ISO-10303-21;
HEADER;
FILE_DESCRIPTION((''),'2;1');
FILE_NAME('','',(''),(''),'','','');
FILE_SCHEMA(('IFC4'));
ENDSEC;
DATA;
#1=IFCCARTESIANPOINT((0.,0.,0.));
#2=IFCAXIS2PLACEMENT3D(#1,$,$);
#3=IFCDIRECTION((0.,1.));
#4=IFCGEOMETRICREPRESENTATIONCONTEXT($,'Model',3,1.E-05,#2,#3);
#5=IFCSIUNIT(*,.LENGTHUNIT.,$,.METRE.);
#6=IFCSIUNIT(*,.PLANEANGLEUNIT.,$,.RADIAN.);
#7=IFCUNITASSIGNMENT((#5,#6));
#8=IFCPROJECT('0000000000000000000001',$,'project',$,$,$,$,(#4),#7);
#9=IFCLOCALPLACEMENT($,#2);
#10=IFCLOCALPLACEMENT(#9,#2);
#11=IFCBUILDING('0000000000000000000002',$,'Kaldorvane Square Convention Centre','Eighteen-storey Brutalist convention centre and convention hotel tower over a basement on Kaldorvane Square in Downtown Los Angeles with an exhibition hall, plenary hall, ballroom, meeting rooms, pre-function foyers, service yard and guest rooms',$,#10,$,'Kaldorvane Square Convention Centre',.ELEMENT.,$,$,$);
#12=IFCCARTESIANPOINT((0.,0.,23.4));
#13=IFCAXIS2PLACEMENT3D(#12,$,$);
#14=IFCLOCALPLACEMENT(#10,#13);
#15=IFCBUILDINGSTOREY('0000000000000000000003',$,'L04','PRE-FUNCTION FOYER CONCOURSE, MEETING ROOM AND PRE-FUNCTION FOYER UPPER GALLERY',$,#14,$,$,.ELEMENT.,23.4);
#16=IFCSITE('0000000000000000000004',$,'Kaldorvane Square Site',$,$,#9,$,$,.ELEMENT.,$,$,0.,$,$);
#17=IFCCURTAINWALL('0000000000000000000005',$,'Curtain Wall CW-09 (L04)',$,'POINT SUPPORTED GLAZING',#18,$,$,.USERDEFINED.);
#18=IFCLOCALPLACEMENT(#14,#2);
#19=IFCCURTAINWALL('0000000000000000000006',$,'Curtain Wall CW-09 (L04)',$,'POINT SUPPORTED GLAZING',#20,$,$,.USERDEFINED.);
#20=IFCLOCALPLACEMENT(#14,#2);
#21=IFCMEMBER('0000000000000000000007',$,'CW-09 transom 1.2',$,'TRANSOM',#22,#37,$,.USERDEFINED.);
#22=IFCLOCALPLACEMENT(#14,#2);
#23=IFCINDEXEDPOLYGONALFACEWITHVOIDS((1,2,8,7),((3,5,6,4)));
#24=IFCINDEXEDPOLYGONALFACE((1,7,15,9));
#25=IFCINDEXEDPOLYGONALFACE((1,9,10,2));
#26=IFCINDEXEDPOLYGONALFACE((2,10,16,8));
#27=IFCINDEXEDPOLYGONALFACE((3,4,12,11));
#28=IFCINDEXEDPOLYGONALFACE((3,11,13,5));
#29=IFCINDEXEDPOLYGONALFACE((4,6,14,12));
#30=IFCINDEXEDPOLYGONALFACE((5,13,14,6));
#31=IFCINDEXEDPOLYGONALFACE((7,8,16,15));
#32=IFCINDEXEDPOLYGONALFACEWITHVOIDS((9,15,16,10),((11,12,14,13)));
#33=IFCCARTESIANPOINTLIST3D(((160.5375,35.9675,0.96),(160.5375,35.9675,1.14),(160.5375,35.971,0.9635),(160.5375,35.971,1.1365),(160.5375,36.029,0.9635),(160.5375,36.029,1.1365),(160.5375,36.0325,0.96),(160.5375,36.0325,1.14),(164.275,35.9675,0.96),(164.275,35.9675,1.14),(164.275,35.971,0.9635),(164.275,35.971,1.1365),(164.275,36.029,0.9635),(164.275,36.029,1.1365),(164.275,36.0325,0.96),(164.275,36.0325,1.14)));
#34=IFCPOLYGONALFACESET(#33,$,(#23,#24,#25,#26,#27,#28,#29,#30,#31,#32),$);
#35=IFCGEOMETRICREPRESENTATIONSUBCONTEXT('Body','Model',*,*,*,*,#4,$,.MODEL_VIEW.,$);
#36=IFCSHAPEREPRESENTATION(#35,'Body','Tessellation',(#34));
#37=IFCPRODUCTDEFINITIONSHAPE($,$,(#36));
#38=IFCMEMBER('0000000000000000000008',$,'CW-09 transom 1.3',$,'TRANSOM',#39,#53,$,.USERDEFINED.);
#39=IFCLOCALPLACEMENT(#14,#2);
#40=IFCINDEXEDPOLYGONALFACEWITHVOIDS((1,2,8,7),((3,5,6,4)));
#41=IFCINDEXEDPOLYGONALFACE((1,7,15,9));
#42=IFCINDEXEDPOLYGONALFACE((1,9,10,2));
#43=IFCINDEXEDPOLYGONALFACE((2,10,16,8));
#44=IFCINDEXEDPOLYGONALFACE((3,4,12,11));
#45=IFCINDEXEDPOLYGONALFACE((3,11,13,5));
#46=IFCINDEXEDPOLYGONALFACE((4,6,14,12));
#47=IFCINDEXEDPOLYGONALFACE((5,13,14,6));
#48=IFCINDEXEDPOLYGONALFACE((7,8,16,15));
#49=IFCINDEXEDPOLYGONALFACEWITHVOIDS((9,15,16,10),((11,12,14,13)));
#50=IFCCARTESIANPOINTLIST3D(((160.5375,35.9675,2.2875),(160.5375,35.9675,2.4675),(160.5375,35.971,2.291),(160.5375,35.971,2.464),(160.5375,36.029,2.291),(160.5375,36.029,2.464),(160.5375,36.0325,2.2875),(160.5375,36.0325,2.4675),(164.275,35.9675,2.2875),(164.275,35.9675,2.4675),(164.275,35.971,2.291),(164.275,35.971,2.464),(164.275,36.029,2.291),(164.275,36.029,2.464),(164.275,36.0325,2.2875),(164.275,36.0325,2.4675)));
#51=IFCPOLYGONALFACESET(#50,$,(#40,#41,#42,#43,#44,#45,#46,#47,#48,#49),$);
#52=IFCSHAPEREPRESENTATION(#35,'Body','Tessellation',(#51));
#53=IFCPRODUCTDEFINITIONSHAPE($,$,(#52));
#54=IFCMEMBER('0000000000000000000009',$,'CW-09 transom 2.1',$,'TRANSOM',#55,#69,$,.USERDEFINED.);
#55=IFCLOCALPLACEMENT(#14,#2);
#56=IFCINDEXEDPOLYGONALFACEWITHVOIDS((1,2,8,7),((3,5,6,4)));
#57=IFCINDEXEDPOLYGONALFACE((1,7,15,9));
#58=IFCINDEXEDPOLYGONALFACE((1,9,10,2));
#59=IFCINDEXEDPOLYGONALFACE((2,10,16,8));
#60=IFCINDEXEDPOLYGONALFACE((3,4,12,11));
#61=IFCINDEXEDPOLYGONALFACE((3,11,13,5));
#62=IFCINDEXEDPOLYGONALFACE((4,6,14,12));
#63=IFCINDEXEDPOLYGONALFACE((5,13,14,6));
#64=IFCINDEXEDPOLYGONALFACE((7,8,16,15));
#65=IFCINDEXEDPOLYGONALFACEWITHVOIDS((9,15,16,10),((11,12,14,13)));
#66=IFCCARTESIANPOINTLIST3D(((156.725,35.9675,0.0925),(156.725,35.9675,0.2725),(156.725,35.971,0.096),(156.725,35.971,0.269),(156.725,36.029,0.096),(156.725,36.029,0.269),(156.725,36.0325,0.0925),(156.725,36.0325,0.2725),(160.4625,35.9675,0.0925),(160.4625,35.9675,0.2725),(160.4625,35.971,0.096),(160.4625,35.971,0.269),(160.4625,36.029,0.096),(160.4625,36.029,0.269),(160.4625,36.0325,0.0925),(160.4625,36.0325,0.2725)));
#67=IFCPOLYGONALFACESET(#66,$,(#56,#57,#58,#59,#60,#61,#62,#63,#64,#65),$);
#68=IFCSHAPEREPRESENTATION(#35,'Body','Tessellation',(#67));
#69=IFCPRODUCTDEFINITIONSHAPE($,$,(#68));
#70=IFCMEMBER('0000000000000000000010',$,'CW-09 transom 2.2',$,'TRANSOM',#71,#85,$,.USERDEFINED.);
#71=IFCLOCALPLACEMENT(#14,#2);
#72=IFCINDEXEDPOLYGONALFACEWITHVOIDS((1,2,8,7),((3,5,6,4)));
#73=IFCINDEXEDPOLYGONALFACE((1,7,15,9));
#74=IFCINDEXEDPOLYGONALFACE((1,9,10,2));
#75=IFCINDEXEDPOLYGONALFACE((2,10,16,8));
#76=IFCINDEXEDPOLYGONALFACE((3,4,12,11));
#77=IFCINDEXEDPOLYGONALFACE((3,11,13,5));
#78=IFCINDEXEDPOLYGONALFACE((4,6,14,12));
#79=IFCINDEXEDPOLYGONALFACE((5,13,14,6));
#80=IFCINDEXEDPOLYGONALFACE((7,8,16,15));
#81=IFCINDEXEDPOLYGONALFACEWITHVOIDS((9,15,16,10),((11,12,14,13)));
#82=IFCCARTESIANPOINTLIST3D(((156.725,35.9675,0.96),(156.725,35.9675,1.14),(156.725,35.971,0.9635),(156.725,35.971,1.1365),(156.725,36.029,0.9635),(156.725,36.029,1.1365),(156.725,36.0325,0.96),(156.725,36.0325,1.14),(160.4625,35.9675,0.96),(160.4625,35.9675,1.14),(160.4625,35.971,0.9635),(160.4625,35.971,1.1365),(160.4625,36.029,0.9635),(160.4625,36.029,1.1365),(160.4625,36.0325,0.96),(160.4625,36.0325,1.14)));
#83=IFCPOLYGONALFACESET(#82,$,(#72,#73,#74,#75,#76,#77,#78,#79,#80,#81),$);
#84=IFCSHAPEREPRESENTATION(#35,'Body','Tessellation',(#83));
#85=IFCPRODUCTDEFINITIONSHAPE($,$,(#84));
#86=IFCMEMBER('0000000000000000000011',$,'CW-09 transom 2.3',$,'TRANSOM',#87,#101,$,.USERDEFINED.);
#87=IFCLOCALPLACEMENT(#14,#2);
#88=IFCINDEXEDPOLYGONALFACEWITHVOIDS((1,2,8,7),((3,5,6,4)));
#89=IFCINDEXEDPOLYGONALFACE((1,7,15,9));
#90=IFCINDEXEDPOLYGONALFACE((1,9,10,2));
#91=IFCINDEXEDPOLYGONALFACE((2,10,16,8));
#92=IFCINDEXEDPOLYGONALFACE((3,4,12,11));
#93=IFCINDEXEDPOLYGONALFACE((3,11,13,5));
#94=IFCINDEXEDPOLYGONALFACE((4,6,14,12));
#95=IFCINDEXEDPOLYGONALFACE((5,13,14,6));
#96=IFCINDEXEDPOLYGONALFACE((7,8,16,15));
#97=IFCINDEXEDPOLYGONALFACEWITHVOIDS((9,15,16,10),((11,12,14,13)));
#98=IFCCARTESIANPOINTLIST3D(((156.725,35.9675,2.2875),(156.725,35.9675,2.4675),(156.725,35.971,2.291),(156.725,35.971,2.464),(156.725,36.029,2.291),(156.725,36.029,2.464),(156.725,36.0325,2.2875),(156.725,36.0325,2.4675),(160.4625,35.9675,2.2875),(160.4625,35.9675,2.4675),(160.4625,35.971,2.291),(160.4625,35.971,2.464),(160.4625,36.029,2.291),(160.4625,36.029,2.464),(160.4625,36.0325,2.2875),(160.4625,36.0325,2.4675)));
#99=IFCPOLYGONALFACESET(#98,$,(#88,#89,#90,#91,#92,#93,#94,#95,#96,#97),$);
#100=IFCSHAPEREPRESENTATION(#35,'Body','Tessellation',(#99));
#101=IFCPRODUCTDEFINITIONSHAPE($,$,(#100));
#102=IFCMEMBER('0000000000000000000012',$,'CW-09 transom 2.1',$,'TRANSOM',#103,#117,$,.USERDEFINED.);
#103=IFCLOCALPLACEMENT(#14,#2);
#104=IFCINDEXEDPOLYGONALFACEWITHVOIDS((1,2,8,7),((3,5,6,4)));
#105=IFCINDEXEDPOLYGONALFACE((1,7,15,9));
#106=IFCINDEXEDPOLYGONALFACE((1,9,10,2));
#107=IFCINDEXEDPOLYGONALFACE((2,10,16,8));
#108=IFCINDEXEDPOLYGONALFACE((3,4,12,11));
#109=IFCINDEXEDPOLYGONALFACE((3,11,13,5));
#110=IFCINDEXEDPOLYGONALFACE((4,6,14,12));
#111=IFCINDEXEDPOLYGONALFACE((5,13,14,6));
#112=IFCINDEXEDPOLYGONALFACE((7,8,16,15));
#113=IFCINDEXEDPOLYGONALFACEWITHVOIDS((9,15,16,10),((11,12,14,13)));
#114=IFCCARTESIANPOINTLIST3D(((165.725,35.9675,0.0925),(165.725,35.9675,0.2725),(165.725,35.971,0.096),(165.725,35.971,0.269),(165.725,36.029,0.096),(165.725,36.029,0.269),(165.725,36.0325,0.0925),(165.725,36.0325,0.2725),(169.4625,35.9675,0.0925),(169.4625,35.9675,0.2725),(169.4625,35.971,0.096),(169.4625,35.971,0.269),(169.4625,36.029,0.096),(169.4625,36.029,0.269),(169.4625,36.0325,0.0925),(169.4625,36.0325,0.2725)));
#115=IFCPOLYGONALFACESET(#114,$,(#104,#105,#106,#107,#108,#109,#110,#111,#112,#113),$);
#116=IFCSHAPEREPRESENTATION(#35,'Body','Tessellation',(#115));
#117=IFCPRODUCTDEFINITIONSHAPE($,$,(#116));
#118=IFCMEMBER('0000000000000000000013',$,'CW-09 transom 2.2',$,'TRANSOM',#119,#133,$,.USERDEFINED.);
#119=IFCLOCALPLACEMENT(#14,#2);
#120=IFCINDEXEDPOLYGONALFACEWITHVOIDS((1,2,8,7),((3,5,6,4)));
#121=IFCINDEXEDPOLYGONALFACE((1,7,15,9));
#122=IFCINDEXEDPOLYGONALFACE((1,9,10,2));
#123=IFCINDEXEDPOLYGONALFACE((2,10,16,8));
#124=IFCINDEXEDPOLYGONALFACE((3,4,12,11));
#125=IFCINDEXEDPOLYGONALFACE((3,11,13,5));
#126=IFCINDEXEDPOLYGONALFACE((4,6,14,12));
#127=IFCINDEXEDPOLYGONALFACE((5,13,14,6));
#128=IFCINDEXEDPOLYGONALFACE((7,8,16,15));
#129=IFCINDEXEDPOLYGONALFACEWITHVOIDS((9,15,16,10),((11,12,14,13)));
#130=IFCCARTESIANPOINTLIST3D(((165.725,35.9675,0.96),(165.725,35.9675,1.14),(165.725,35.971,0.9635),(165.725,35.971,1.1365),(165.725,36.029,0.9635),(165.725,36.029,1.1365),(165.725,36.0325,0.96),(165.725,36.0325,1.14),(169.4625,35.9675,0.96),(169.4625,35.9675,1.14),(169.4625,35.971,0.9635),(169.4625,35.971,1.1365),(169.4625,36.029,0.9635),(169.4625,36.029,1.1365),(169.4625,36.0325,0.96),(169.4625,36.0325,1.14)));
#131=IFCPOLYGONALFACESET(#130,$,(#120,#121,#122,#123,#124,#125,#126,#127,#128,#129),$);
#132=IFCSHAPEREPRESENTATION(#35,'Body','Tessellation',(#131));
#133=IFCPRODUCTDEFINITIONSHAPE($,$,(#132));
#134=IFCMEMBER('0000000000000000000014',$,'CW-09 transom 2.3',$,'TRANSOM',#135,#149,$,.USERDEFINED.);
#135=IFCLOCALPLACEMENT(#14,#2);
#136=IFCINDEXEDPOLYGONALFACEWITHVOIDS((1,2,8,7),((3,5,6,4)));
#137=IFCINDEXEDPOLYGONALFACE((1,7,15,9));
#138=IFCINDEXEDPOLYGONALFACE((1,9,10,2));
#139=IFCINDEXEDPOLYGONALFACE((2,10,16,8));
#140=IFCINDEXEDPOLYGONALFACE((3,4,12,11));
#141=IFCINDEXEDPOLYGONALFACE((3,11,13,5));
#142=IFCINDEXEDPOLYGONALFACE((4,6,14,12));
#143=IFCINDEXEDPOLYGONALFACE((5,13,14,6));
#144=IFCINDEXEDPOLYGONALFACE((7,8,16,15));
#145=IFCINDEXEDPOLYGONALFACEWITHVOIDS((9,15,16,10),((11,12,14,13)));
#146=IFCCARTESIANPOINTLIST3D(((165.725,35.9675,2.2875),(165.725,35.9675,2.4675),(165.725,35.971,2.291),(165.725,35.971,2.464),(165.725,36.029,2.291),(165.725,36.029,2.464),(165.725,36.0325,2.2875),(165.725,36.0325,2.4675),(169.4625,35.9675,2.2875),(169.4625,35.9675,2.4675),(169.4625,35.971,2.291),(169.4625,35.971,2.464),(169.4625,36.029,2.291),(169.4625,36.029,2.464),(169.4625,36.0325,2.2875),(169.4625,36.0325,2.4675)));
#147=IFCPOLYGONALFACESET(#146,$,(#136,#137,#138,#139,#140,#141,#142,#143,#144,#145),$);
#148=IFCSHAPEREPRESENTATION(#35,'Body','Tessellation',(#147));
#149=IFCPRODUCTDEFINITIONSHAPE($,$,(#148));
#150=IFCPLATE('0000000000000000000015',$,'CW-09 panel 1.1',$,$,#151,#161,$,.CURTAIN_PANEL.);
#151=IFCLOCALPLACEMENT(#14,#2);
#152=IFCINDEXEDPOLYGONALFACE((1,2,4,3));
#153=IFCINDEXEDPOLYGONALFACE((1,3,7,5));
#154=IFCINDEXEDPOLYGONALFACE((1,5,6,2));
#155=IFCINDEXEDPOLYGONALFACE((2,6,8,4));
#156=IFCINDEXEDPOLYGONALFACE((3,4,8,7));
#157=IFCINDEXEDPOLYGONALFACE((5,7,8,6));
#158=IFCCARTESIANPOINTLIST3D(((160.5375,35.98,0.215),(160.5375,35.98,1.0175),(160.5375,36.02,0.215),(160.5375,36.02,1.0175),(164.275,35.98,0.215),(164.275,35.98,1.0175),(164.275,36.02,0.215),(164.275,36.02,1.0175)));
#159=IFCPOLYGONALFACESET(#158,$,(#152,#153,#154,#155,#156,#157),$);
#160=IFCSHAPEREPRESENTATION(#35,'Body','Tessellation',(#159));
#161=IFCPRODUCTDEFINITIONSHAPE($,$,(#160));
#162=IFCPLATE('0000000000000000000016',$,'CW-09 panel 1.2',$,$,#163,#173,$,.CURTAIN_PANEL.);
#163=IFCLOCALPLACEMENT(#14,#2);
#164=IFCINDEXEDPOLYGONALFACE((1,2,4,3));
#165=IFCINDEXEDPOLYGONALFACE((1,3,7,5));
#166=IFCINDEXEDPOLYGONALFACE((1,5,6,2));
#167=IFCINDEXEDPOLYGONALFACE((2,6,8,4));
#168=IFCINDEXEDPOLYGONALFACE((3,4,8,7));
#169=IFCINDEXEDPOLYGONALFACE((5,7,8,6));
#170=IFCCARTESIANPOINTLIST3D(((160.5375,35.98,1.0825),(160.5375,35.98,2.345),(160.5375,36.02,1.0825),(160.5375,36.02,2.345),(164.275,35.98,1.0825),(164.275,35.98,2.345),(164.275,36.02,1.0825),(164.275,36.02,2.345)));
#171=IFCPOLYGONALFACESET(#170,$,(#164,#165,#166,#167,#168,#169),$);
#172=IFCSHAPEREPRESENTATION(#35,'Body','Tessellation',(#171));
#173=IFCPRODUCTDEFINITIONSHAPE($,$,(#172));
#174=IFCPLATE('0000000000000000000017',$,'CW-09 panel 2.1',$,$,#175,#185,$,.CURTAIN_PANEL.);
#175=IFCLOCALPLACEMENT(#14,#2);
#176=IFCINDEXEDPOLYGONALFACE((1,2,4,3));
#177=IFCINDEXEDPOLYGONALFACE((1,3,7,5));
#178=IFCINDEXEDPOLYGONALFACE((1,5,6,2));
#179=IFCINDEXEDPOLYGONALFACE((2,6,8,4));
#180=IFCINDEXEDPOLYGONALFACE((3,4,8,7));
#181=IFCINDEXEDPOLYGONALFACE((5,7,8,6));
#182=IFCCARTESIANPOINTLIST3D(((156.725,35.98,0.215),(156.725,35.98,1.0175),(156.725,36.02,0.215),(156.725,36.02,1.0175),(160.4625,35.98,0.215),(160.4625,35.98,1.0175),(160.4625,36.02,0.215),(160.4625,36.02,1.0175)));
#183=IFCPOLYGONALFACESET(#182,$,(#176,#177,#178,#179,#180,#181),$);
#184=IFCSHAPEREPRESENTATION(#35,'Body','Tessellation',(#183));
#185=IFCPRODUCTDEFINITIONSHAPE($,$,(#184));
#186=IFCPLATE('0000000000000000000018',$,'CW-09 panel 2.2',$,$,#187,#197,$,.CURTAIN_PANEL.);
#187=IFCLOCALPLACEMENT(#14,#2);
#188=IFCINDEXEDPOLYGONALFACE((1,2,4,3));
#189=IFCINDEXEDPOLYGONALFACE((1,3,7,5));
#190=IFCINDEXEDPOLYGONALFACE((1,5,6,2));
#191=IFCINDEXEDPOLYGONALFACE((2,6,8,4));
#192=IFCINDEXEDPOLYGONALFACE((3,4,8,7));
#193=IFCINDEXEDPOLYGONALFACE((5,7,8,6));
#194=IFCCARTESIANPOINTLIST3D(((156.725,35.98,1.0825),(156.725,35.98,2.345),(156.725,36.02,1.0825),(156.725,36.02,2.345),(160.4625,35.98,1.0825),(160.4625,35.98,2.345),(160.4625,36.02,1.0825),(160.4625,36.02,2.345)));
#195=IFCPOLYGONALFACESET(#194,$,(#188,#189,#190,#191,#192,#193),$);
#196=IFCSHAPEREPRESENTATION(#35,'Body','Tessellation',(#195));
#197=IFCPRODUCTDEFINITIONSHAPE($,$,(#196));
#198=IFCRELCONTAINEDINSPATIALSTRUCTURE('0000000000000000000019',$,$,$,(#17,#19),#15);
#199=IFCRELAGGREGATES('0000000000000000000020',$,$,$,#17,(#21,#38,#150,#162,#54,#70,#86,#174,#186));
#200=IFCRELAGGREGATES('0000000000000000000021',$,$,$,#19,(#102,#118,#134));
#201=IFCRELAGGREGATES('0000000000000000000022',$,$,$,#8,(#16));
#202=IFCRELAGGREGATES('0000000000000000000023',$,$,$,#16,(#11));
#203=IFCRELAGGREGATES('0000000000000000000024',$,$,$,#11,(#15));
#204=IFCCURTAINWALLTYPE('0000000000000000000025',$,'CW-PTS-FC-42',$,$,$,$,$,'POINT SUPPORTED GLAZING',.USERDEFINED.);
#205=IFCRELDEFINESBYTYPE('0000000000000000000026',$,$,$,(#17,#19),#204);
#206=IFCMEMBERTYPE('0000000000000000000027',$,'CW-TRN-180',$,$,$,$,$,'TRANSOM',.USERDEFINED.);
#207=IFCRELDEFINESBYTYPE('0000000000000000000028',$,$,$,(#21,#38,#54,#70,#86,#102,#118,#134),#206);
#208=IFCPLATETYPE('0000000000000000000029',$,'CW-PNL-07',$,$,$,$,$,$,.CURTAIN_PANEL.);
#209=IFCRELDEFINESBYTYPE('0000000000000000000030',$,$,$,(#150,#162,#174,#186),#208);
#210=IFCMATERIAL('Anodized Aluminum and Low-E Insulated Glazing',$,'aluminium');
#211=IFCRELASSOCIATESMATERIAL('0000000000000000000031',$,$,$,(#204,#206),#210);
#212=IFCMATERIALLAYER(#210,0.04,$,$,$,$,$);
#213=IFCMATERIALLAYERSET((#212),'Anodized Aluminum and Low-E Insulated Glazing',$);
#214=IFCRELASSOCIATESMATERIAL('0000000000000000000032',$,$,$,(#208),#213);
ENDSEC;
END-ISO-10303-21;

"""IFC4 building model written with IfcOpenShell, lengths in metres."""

from ifc_helpers import new_model, si_unit, direction, frame, origin, origin_2d, place, context, subcontext, project, spatial, rectangle, hollow_rectangle, extrude, material, layer, layer_set, material_profile, profile_set, type_object, element, aggregate, save


model = new_model("IFC4")

# Units and contexts
model_context = context("Model", 3, precision=1e-05, world=origin(), true_north=direction((0.0, 1.0)))
body_context = subcontext(model_context, "Body", "Model", "MODEL_VIEW")
ifc_project = project(units=[si_unit("LENGTHUNIT", "METRE"), si_unit("PLANEANGLEUNIT", "RADIAN")], contexts=[model_context])

# Site, building, storey
site_placement = place(None, origin())
site = spatial("IfcSite", under=ifc_project, at=site_placement, Name="Kaldorvane Square Site", CompositionType="ELEMENT", RefElevation=0.0)
building_placement = place(site_placement, origin())
building = spatial("IfcBuilding", under=site, at=building_placement, Name="Kaldorvane Square Convention Centre", Description="Eighteen-storey Brutalist convention centre and convention hotel tower over a basement on Kaldorvane Square in Downtown Los Angeles with an exhibition hall, plenary hall, ballroom, meeting rooms, pre-function foyers, service yard and guest rooms", LongName="Kaldorvane Square Convention Centre", CompositionType="ELEMENT")
storey_placement = place(building_placement, frame((0.0, 0.0, 23.4)))
storey = spatial("IfcBuildingStorey", under=building, at=storey_placement, Name="L04", Description="PRE-FUNCTION FOYER CONCOURSE, MEETING ROOM AND PRE-FUNCTION FOYER UPPER GALLERY", CompositionType="ELEMENT", Elevation=23.4)

# Curtain wall
ifc_material_1 = material(Name="Anodized Aluminum and Low-E Insulated Glazing", Category="aluminium")
curtain_wall_type = type_object("IfcCurtainWallType", Name="CW-PTS-FC-42", ElementType="POINT SUPPORTED GLAZING", PredefinedType="USERDEFINED", material=ifc_material_1)
curtain_wall_1_placement = place(storey_placement, origin())
curtain_wall_1 = element("IfcCurtainWall", 1, at=curtain_wall_1_placement, inside=storey, type_object=curtain_wall_type, Name="Curtain Wall CW-09 (L04)", ObjectType="POINT SUPPORTED GLAZING", PredefinedType="USERDEFINED")

# Curtain wall
curtain_wall_2_placement = place(storey_placement, origin())
curtain_wall_2 = element("IfcCurtainWall", 2, at=curtain_wall_2_placement, inside=storey, type_object=curtain_wall_type, Name="Curtain Wall CW-09 (L04)", ObjectType="POINT SUPPORTED GLAZING", PredefinedType="USERDEFINED")

# Members
ifc_material_profile_1 = material_profile(ifc_material_1, hollow_rectangle(XDim=0.065, YDim=0.18, WallThickness=0.0035, at=origin_2d()), Name="CWT-180X65")
ifc_profile_set_1 = profile_set([ifc_material_profile_1], Name="Anodized Aluminum and Low-E Insulated Glazing")
member_type_1 = type_object("IfcMemberType", Name="CW-TRN-180", ElementType="TRANSOM", PredefinedType="USERDEFINED", material=ifc_profile_set_1)
member_1_placement = place(storey_placement, frame((164.275, 36.0, 1.05), z_axis=(-1.0, 0.0, 0.0), x_axis=(0.0, -1.0, 0.0)))
member_1 = element("IfcMember", 3, at=member_1_placement, type_object=member_type_1, Name="CW-09 transom 1.2", ObjectType="TRANSOM", PredefinedType="USERDEFINED", context=body_context, shape_type="SweptSolid", body=[
    extrude(hollow_rectangle(XDim=0.065, YDim=0.18, WallThickness=0.0035, at=origin_2d()), origin(), (0.0, 0.0, 1.0), 3.7375),
])
member_2_placement = place(storey_placement, frame((164.275, 36.0, 2.3775), z_axis=(-1.0, 0.0, 0.0), x_axis=(0.0, -1.0, 0.0)))
member_2 = element("IfcMember", 4, at=member_2_placement, type_object=member_type_1, Name="CW-09 transom 1.3", ObjectType="TRANSOM", PredefinedType="USERDEFINED", context=body_context, shape_type="SweptSolid", body=[
    extrude(hollow_rectangle(XDim=0.065, YDim=0.18, WallThickness=0.0035, at=origin_2d()), origin(), (0.0, 0.0, 1.0), 3.7375),
])
member_3_placement = place(storey_placement, frame((160.4625, 36.0, 0.1825), z_axis=(-1.0, 0.0, 0.0), x_axis=(0.0, -1.0, 0.0)))
member_3 = element("IfcMember", 5, at=member_3_placement, type_object=member_type_1, Name="CW-09 transom 2.1", ObjectType="TRANSOM", PredefinedType="USERDEFINED", context=body_context, shape_type="SweptSolid", body=[
    extrude(hollow_rectangle(XDim=0.065, YDim=0.18, WallThickness=0.0035, at=origin_2d()), origin(), (0.0, 0.0, 1.0), 3.7375),
])
member_4_placement = place(storey_placement, frame((160.4625, 36.0, 1.05), z_axis=(-1.0, 0.0, 0.0), x_axis=(0.0, -1.0, 0.0)))
member_4 = element("IfcMember", 6, at=member_4_placement, type_object=member_type_1, Name="CW-09 transom 2.2", ObjectType="TRANSOM", PredefinedType="USERDEFINED", context=body_context, shape_type="SweptSolid", body=[
    extrude(hollow_rectangle(XDim=0.065, YDim=0.18, WallThickness=0.0035, at=origin_2d()), origin(), (0.0, 0.0, 1.0), 3.7375),
])
member_5_placement = place(storey_placement, frame((160.4625, 36.0, 2.3775), z_axis=(-1.0, 0.0, 0.0), x_axis=(0.0, -1.0, 0.0)))
member_5 = element("IfcMember", 7, at=member_5_placement, type_object=member_type_1, Name="CW-09 transom 2.3", ObjectType="TRANSOM", PredefinedType="USERDEFINED", context=body_context, shape_type="SweptSolid", body=[
    extrude(hollow_rectangle(XDim=0.065, YDim=0.18, WallThickness=0.0035, at=origin_2d()), origin(), (0.0, 0.0, 1.0), 3.7375),
])
member_6_placement = place(storey_placement, frame((169.4625, 36.0, 0.1825), z_axis=(-1.0, 0.0, 0.0), x_axis=(0.0, -1.0, 0.0)))
member_6 = element("IfcMember", 8, at=member_6_placement, type_object=member_type_1, Name="CW-09 transom 2.1", ObjectType="TRANSOM", PredefinedType="USERDEFINED", context=body_context, shape_type="SweptSolid", body=[
    extrude(hollow_rectangle(XDim=0.065, YDim=0.18, WallThickness=0.0035, at=origin_2d()), origin(), (0.0, 0.0, 1.0), 3.7375),
])
member_7_placement = place(storey_placement, frame((169.4625, 36.0, 1.05), z_axis=(-1.0, 0.0, 0.0), x_axis=(0.0, -1.0, 0.0)))
member_7 = element("IfcMember", 9, at=member_7_placement, type_object=member_type_1, Name="CW-09 transom 2.2", ObjectType="TRANSOM", PredefinedType="USERDEFINED", context=body_context, shape_type="SweptSolid", body=[
    extrude(hollow_rectangle(XDim=0.065, YDim=0.18, WallThickness=0.0035, at=origin_2d()), origin(), (0.0, 0.0, 1.0), 3.7375),
])
member_8_placement = place(storey_placement, frame((169.4625, 36.0, 2.3775), z_axis=(-1.0, 0.0, 0.0), x_axis=(0.0, -1.0, 0.0)))
member_8 = element("IfcMember", 10, at=member_8_placement, type_object=member_type_1, Name="CW-09 transom 2.3", ObjectType="TRANSOM", PredefinedType="USERDEFINED", context=body_context, shape_type="SweptSolid", body=[
    extrude(hollow_rectangle(XDim=0.065, YDim=0.18, WallThickness=0.0035, at=origin_2d()), origin(), (0.0, 0.0, 1.0), 3.7375),
])

# Plates
ifc_layer_1 = layer(ifc_material_1, 0.04)
ifc_layer_set_1 = layer_set([ifc_layer_1], Name="Anodized Aluminum and Low-E Insulated Glazing")
plate_type = type_object("IfcPlateType", Name="CW-PNL-07", PredefinedType="CURTAIN_PANEL", material=ifc_layer_set_1)
plate_1_placement = place(storey_placement, frame((162.4062, 36.0, 0.215), z_axis=(0.0, 0.0, 1.0), x_axis=(-1.0, 0.0, 0.0)))
plate_1 = element("IfcPlate", 11, at=plate_1_placement, type_object=plate_type, Name="CW-09 panel 1.1", PredefinedType="CURTAIN_PANEL", context=body_context, shape_type="SweptSolid", body=[
    extrude(rectangle(XDim=3.7375, YDim=0.04, at=origin_2d()), origin(), (0.0, 0.0, 1.0), 0.8025),
])
plate_2_placement = place(storey_placement, frame((162.4062, 36.0, 1.0825), z_axis=(0.0, 0.0, 1.0), x_axis=(-1.0, 0.0, 0.0)))
plate_2 = element("IfcPlate", 12, at=plate_2_placement, type_object=plate_type, Name="CW-09 panel 1.2", PredefinedType="CURTAIN_PANEL", context=body_context, shape_type="SweptSolid", body=[
    extrude(rectangle(XDim=3.7375, YDim=0.04, at=origin_2d()), origin(), (0.0, 0.0, 1.0), 1.2625),
])
plate_3_placement = place(storey_placement, frame((158.5938, 36.0, 0.215), z_axis=(0.0, 0.0, 1.0), x_axis=(-1.0, 0.0, 0.0)))
plate_3 = element("IfcPlate", 13, at=plate_3_placement, type_object=plate_type, Name="CW-09 panel 2.1", PredefinedType="CURTAIN_PANEL", context=body_context, shape_type="SweptSolid", body=[
    extrude(rectangle(XDim=3.7375, YDim=0.04, at=origin_2d()), origin(), (0.0, 0.0, 1.0), 0.8025),
])
plate_4_placement = place(storey_placement, frame((158.5938, 36.0, 1.0825), z_axis=(0.0, 0.0, 1.0), x_axis=(-1.0, 0.0, 0.0)))
plate_4 = element("IfcPlate", 14, at=plate_4_placement, type_object=plate_type, Name="CW-09 panel 2.2", PredefinedType="CURTAIN_PANEL", context=body_context, shape_type="SweptSolid", body=[
    extrude(rectangle(XDim=3.7375, YDim=0.04, at=origin_2d()), origin(), (0.0, 0.0, 1.0), 1.2625),
])
aggregate(curtain_wall_1, [member_1, member_2, plate_1, plate_2, member_3, member_4, member_5, plate_3, plate_4])
aggregate(curtain_wall_2, [member_6, member_7, member_8])

save(model, "model.ifc")
